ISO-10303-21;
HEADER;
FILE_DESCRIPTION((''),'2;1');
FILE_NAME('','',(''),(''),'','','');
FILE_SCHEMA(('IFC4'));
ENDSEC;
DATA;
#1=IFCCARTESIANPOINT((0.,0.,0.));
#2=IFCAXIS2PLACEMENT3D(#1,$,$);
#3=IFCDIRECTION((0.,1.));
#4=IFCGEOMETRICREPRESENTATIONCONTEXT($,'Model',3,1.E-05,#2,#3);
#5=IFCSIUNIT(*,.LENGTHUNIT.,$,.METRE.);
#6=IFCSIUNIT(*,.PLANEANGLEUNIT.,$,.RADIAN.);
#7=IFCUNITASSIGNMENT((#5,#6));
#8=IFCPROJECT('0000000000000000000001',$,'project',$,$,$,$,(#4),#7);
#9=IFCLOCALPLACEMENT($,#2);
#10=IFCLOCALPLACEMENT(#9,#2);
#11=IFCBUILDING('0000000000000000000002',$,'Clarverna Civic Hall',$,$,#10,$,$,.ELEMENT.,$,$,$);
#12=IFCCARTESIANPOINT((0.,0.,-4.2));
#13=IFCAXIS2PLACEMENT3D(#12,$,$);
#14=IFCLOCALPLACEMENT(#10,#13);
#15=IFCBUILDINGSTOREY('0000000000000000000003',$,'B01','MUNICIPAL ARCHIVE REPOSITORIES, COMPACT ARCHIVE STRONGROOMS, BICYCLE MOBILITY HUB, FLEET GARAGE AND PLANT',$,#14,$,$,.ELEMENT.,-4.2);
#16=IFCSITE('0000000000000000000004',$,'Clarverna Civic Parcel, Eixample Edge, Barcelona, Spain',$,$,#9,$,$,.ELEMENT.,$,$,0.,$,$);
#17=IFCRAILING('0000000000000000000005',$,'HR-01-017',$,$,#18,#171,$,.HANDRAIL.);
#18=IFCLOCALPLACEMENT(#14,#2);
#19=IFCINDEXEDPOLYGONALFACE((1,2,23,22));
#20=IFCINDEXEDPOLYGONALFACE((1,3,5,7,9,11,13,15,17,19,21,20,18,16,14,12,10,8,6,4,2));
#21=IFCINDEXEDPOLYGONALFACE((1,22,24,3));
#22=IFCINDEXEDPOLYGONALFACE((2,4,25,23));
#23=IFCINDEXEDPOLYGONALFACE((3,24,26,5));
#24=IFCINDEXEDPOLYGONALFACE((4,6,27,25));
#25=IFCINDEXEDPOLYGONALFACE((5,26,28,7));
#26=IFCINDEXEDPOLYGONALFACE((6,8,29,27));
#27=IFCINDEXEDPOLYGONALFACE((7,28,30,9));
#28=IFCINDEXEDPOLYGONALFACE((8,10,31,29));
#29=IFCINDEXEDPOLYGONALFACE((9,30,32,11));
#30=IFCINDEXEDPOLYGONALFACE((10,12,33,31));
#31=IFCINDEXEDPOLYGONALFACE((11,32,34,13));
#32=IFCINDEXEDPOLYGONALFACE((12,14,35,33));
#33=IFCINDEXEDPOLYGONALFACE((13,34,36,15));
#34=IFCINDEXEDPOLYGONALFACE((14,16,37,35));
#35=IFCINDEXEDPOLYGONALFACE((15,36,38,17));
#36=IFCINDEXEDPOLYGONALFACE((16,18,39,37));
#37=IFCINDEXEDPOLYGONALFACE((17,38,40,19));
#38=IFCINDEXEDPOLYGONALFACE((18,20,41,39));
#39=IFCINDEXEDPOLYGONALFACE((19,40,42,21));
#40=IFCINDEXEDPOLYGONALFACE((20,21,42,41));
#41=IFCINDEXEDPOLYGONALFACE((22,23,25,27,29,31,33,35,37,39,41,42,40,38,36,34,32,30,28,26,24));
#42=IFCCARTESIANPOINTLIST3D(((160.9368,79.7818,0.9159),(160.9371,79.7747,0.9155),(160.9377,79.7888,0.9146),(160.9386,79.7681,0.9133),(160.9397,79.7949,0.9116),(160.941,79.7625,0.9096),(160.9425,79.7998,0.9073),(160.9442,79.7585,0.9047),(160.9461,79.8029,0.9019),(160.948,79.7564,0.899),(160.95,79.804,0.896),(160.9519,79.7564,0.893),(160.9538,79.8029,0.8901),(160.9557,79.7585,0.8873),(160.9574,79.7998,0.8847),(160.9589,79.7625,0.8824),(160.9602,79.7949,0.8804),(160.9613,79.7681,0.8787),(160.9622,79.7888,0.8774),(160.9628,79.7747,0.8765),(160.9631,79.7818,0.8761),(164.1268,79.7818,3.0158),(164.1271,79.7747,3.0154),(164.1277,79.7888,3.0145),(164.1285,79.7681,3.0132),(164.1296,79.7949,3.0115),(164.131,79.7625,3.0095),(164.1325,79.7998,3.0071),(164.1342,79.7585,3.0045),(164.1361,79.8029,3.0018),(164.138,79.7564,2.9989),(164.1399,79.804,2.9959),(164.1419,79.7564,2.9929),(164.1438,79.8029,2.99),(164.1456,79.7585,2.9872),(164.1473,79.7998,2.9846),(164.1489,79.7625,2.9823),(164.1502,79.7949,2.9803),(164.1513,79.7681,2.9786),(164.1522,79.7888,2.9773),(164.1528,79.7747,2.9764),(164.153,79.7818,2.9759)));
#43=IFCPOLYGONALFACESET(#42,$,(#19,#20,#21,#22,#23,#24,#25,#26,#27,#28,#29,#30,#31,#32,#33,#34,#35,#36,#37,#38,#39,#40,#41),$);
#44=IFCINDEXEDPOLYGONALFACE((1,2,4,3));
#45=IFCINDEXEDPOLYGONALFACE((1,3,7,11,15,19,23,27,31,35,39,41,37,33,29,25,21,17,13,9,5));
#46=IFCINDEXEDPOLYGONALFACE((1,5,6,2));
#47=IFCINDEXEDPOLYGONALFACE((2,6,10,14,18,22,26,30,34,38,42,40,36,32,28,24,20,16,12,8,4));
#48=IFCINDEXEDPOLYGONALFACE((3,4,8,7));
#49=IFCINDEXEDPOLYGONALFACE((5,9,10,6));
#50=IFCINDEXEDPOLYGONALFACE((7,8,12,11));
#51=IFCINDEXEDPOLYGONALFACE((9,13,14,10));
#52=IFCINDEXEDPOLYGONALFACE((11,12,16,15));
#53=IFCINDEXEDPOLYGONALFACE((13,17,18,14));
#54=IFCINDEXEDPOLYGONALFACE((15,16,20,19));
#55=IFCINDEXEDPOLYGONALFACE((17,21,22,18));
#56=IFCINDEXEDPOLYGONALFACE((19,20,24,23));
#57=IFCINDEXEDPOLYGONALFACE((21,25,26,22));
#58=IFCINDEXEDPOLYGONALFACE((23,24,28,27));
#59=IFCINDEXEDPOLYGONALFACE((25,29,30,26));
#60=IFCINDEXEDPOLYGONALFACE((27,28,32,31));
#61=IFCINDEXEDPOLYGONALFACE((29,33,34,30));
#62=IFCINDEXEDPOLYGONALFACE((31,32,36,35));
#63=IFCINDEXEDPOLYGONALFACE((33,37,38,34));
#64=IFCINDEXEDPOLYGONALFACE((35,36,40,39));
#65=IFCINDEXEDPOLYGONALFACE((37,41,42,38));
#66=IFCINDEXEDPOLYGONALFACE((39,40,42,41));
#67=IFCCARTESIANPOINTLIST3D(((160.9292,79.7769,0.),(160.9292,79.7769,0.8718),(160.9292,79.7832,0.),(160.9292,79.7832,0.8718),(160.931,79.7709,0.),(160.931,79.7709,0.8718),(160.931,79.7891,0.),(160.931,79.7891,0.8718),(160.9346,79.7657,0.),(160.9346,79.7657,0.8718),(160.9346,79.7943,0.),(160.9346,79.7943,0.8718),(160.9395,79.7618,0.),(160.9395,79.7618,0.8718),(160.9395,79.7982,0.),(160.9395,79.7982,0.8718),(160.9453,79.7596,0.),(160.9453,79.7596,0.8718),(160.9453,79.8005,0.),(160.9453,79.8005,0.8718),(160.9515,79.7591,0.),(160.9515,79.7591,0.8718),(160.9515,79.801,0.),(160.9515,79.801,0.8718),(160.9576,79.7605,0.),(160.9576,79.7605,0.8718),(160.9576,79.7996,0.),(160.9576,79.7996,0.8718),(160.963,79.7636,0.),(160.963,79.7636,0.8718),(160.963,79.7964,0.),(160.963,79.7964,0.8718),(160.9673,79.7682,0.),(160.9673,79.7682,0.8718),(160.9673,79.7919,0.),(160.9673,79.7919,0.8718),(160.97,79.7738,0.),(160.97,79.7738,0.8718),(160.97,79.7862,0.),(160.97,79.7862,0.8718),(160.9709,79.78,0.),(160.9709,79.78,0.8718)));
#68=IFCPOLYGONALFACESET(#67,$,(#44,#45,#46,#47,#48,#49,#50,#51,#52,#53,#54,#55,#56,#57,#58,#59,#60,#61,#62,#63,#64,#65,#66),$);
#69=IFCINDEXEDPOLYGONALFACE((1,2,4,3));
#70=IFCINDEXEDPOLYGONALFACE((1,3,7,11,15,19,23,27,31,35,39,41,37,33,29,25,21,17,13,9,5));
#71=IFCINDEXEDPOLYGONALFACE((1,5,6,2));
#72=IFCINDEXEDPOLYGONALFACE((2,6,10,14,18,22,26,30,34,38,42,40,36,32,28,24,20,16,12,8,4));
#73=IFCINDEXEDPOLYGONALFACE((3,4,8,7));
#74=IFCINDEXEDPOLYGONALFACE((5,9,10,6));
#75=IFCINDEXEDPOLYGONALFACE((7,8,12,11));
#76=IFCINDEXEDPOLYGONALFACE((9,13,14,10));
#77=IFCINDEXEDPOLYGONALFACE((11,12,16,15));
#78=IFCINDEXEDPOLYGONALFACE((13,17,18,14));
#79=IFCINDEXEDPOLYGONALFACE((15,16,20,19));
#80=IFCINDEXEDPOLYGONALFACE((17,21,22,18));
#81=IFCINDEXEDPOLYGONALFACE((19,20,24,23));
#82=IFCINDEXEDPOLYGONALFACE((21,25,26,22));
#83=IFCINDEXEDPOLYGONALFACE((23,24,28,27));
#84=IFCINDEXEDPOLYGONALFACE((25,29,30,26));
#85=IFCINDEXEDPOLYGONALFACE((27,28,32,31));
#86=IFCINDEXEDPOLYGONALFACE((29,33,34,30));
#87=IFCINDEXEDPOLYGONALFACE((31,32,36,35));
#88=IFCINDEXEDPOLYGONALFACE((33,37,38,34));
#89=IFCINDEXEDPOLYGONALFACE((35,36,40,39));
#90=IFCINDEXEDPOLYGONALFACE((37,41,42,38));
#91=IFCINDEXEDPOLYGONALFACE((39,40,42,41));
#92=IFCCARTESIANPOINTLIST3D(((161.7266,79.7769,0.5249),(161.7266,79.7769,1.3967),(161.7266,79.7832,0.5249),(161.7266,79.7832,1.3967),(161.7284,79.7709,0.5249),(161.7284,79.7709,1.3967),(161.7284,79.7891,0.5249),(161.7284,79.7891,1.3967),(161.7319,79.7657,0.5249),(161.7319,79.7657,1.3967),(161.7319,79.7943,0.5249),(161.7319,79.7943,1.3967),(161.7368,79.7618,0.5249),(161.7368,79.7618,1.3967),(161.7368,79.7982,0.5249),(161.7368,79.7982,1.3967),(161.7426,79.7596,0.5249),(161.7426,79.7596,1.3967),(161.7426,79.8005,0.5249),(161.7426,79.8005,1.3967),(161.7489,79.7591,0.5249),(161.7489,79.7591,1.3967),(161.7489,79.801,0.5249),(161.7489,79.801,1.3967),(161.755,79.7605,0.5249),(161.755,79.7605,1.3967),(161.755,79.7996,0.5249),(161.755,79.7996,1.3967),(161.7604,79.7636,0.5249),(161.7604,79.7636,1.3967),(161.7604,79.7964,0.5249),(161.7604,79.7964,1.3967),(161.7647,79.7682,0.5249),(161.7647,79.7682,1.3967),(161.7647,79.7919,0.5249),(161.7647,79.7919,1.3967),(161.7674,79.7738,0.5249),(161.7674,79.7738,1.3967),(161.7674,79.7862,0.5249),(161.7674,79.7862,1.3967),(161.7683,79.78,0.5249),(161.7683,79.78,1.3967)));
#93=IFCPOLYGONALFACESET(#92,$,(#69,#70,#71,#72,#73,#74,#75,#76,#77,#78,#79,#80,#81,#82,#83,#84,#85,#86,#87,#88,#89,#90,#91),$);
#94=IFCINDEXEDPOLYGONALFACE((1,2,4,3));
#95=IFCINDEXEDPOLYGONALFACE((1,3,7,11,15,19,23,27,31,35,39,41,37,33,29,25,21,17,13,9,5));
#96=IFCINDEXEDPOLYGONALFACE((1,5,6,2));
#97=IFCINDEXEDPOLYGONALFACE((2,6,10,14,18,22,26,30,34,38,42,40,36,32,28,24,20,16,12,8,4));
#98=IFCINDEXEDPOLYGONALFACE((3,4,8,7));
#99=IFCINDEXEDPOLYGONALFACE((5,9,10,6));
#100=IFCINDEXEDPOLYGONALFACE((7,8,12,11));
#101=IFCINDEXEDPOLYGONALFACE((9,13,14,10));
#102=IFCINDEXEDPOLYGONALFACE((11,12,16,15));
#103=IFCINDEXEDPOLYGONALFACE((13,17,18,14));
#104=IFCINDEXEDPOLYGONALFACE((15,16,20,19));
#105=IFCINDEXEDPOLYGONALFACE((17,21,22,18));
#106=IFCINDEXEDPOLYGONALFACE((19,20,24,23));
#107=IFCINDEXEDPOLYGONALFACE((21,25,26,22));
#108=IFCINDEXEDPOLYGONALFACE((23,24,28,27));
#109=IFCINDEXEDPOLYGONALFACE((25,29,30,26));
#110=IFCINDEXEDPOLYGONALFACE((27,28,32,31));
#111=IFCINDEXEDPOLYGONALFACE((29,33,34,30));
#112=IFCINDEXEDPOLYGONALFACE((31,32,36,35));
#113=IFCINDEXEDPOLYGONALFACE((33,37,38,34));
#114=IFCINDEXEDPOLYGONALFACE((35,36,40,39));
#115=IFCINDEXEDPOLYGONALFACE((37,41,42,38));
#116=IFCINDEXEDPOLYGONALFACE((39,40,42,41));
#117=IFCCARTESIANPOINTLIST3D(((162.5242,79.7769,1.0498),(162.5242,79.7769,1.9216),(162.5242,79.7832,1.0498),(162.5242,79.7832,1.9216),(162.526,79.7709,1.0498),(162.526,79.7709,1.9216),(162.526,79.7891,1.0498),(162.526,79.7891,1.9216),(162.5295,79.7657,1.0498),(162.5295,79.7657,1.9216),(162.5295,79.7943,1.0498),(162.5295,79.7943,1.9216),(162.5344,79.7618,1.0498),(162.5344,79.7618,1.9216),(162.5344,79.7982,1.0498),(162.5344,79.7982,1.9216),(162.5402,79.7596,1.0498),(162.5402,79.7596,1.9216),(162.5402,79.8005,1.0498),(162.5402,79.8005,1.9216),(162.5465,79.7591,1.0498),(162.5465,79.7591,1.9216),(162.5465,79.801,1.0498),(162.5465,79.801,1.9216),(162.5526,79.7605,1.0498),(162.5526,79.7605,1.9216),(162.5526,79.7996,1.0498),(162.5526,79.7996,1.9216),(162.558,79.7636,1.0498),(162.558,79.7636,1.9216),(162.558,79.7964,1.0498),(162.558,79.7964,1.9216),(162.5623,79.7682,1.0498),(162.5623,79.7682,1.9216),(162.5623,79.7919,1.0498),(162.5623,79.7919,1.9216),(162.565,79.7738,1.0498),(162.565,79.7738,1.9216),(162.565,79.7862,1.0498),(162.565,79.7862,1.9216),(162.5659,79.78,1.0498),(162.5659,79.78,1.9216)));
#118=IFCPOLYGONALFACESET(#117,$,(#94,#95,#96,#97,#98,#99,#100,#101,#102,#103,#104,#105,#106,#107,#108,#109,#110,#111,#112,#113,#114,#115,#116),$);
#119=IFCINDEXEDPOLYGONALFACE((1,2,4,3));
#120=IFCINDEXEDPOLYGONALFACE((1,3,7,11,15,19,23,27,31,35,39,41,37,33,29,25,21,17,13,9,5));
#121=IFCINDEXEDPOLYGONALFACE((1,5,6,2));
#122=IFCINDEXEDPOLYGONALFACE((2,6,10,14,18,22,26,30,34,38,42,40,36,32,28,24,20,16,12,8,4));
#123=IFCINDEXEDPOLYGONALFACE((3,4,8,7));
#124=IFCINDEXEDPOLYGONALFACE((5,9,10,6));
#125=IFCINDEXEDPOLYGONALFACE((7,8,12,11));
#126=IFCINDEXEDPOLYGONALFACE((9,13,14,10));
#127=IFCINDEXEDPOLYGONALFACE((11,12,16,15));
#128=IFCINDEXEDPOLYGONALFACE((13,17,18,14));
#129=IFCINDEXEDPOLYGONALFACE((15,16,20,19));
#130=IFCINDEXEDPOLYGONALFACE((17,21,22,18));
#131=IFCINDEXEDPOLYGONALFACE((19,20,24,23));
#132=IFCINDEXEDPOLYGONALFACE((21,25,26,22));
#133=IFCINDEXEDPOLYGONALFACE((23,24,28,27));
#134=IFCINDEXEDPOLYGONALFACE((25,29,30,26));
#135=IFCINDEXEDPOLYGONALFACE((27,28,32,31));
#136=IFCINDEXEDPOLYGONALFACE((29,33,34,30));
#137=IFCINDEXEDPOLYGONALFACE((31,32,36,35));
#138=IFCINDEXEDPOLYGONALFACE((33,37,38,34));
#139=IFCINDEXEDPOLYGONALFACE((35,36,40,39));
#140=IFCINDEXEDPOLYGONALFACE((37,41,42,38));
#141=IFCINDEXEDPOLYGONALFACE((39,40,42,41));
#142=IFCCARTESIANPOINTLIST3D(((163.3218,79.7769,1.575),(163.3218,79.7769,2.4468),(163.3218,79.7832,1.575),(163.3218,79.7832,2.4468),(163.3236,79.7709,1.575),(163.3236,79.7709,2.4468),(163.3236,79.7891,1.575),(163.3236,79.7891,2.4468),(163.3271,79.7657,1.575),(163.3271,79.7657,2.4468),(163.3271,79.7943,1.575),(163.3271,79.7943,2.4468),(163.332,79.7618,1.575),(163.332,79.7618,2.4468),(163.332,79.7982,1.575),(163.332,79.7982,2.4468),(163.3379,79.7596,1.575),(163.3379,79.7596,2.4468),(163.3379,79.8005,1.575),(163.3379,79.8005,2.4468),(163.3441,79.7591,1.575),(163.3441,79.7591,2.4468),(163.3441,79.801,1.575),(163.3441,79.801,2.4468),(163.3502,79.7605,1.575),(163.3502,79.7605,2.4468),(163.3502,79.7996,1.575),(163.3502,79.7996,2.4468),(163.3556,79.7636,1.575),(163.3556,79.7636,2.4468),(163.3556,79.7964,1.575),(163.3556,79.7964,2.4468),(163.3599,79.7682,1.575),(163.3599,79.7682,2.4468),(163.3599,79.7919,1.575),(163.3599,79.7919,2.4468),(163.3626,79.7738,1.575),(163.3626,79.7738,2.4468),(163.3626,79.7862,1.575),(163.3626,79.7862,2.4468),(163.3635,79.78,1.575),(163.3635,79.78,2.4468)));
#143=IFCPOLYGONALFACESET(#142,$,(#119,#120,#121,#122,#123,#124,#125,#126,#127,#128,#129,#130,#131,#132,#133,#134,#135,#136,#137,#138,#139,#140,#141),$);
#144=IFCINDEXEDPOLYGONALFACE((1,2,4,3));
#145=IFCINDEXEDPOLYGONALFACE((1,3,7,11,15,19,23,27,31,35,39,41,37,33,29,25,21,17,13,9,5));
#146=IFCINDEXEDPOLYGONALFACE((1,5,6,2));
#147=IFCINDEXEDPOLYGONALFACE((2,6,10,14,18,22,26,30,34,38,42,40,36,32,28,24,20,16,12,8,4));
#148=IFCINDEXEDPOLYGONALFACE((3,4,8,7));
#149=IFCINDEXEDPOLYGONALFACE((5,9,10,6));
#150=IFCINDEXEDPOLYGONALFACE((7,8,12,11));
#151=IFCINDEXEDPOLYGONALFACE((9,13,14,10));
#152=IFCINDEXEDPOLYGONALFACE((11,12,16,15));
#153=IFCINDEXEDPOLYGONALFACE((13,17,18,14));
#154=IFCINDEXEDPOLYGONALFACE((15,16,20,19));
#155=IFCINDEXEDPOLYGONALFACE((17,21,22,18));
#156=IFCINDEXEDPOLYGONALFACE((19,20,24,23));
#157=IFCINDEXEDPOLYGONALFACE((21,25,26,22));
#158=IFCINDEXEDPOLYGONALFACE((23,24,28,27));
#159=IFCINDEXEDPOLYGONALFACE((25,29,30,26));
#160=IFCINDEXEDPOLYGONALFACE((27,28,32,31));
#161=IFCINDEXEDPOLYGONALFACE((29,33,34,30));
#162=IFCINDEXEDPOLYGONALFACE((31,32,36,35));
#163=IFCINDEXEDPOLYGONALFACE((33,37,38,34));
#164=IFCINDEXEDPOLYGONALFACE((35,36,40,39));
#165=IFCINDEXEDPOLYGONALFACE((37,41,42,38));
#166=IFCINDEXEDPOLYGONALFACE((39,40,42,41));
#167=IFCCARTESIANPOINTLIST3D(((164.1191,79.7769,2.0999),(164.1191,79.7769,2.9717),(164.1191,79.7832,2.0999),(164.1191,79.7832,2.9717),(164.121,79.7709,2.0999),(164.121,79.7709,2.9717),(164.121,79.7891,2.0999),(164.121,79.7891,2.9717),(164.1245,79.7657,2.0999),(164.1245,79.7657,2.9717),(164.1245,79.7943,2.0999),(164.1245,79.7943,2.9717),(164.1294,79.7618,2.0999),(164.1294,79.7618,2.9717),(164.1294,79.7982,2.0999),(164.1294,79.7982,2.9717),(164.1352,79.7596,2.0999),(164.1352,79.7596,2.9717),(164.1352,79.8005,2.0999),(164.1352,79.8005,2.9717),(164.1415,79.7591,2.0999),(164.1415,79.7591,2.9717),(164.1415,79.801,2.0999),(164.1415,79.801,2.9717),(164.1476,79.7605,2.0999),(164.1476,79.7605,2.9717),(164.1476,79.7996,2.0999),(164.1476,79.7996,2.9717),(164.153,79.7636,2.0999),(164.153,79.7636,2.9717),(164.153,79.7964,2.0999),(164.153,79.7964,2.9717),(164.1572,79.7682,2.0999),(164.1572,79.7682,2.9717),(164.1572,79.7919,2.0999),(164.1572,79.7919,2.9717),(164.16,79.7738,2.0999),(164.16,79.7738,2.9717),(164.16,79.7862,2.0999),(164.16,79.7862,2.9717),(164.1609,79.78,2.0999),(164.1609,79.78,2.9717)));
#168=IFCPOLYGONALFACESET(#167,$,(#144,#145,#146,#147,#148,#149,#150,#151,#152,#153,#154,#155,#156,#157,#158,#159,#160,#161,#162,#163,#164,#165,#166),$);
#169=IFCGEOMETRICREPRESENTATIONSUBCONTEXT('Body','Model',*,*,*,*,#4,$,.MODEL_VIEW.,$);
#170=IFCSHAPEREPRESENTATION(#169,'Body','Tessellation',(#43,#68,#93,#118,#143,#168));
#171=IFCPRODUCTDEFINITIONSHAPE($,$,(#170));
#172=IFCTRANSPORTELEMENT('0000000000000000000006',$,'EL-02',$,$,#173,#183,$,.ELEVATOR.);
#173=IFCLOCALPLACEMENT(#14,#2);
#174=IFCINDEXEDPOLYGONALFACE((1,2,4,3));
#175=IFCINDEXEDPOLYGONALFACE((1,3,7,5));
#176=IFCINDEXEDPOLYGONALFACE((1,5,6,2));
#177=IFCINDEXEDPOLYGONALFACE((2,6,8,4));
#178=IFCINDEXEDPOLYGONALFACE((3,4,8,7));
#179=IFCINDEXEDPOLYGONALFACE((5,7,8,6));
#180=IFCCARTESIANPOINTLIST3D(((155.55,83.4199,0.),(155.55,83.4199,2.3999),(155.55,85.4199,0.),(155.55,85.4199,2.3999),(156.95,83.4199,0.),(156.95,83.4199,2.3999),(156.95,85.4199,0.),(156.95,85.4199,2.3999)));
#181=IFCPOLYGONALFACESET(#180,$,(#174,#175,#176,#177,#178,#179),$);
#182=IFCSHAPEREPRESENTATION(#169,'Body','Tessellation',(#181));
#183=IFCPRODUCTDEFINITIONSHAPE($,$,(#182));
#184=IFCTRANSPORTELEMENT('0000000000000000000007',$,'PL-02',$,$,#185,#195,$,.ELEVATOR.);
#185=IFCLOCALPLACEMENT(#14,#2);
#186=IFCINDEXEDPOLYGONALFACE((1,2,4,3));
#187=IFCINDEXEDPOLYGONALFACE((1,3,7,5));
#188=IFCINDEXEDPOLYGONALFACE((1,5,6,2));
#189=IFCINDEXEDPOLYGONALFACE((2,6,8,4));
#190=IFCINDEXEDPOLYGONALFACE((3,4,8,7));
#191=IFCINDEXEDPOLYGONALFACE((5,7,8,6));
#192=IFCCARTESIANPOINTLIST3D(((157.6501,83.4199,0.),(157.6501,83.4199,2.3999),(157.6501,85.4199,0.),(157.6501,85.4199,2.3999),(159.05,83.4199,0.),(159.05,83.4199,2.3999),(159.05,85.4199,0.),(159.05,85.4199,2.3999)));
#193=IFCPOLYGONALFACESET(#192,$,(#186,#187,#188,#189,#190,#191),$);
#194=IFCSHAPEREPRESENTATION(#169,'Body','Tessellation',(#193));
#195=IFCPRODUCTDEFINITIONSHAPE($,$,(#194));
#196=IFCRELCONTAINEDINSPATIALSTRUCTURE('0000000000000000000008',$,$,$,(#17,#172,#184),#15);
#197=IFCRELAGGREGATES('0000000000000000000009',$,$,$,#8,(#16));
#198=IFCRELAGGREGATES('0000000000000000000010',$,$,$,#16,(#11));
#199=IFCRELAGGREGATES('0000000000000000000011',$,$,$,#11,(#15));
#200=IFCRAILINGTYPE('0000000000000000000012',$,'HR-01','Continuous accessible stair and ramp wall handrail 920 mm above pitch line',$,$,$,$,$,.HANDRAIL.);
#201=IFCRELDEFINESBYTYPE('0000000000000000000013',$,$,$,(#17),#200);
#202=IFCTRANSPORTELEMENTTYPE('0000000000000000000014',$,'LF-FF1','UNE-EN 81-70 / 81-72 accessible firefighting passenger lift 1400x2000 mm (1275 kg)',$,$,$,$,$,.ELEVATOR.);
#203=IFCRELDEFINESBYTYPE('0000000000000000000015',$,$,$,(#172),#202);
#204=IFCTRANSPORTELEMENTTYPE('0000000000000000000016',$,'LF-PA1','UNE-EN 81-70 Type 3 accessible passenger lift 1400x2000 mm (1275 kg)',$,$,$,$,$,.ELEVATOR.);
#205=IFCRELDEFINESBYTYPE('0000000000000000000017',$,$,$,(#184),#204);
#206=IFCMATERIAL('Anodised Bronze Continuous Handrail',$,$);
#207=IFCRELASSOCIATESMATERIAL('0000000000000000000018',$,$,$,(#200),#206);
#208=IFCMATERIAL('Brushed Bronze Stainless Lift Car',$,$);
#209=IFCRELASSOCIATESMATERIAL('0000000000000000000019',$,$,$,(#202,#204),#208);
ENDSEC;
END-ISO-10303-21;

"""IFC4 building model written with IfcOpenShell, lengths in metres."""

from ifc_helpers import new_model, si_unit, direction, frame, origin, origin_2d, place, context, subcontext, project, spatial, rectangle, circle, extrude, material, type_object, element, save


model = new_model("IFC4")

# Units and contexts
model_context = context("Model", 3, precision=1e-05, world=origin(), true_north=direction((0.0, 1.0)))
body_context = subcontext(model_context, "Body", "Model", "MODEL_VIEW")
ifc_project = project(units=[si_unit("LENGTHUNIT", "METRE"), si_unit("PLANEANGLEUNIT", "RADIAN")], contexts=[model_context])

# Site, building, storey
site_placement = place(None, origin())
site = spatial("IfcSite", under=ifc_project, at=site_placement, Name="Clarverna Civic Parcel, Eixample Edge, Barcelona, Spain", CompositionType="ELEMENT", RefElevation=0.0)
building_placement = place(site_placement, origin())
building = spatial("IfcBuilding", under=site, at=building_placement, Name="Clarverna Civic Hall", CompositionType="ELEMENT")
storey_placement = place(building_placement, frame((0.0, 0.0, -4.2)))
storey = spatial("IfcBuildingStorey", under=building, at=storey_placement, Name="B01", Description="MUNICIPAL ARCHIVE REPOSITORIES, COMPACT ARCHIVE STRONGROOMS, BICYCLE MOBILITY HUB, FLEET GARAGE AND PLANT", CompositionType="ELEMENT", Elevation=-4.2)

# Railing
ifc_material_1 = material(Name="Anodised Bronze Continuous Handrail")
railing_type_1 = type_object("IfcRailingType", Name="HR-01", Description="Continuous accessible stair and ramp wall handrail 920 mm above pitch line", PredefinedType="HANDRAIL", material=ifc_material_1)
railing_1_placement = place(storey_placement, frame((160.95, 79.78, 0.0)))
element("IfcRailing", 1, at=railing_1_placement, inside=storey, type_object=railing_type_1, Name="HR-01-017", PredefinedType="HANDRAIL", context=body_context, shape_type="SweptSolid", body=[
    extrude(circle(Radius=0.0239, at=origin_2d()), frame((0.0, 0.0, 0.896), z_axis=(0.835272, 0.0, 0.549837), x_axis=(0.0, 1.0, 0.0)), (0.0, 0.0, 1.0), 3.8191),
    extrude(circle(Radius=0.021, at=origin_2d()), origin(), (0.0, 0.0, 1.0), 0.8718),
    extrude(circle(Radius=0.021, at=origin_2d()), frame((0.7974, 0.0, 0.5249)), (0.0, 0.0, 1.0), 0.8718),
    extrude(circle(Radius=0.021, at=origin_2d()), frame((1.595, 0.0, 1.0498)), (0.0, 0.0, 1.0), 0.8718),
    extrude(circle(Radius=0.021, at=origin_2d()), frame((2.3926, 0.0, 1.575)), (0.0, 0.0, 1.0), 0.8718),
    extrude(circle(Radius=0.021, at=origin_2d()), frame((3.1899, 0.0, 2.0999)), (0.0, 0.0, 1.0), 0.8718),
])

# Transport elements
ifc_material_2 = material(Name="Brushed Bronze Stainless Lift Car")
transport_element_type_1 = type_object("IfcTransportElementType", Name="LF-FF1", Description="UNE-EN 81-70 / 81-72 accessible firefighting passenger lift 1400x2000 mm (1275 kg)", PredefinedType="ELEVATOR", material=ifc_material_2)
transport_element_1_placement = place(storey_placement, frame((156.25, 84.4199, 0.0), z_axis=(0.0, 0.0, 1.0), x_axis=(1.0, 0.0, 0.0)))
element("IfcTransportElement", 2, at=transport_element_1_placement, inside=storey, type_object=transport_element_type_1, Name="EL-02", PredefinedType="ELEVATOR", context=body_context, shape_type="SweptSolid", body=[
    extrude(rectangle(XDim=1.3999, YDim=2.0, at=origin_2d()), origin(), (0.0, 0.0, 1.0), 2.3999),
])
transport_element_type_2 = type_object("IfcTransportElementType", Name="LF-PA1", Description="UNE-EN 81-70 Type 3 accessible passenger lift 1400x2000 mm (1275 kg)", PredefinedType="ELEVATOR", material=ifc_material_2)
transport_element_2_placement = place(storey_placement, frame((158.3501, 84.4199, 0.0), z_axis=(0.0, 0.0, 1.0), x_axis=(1.0, 0.0, 0.0)))
element("IfcTransportElement", 3, at=transport_element_2_placement, inside=storey, type_object=transport_element_type_2, Name="PL-02", PredefinedType="ELEVATOR", context=body_context, shape_type="SweptSolid", body=[
    extrude(rectangle(XDim=1.3999, YDim=2.0, at=origin_2d()), origin(), (0.0, 0.0, 1.0), 2.3999),
])

save(model, "model.ifc")
